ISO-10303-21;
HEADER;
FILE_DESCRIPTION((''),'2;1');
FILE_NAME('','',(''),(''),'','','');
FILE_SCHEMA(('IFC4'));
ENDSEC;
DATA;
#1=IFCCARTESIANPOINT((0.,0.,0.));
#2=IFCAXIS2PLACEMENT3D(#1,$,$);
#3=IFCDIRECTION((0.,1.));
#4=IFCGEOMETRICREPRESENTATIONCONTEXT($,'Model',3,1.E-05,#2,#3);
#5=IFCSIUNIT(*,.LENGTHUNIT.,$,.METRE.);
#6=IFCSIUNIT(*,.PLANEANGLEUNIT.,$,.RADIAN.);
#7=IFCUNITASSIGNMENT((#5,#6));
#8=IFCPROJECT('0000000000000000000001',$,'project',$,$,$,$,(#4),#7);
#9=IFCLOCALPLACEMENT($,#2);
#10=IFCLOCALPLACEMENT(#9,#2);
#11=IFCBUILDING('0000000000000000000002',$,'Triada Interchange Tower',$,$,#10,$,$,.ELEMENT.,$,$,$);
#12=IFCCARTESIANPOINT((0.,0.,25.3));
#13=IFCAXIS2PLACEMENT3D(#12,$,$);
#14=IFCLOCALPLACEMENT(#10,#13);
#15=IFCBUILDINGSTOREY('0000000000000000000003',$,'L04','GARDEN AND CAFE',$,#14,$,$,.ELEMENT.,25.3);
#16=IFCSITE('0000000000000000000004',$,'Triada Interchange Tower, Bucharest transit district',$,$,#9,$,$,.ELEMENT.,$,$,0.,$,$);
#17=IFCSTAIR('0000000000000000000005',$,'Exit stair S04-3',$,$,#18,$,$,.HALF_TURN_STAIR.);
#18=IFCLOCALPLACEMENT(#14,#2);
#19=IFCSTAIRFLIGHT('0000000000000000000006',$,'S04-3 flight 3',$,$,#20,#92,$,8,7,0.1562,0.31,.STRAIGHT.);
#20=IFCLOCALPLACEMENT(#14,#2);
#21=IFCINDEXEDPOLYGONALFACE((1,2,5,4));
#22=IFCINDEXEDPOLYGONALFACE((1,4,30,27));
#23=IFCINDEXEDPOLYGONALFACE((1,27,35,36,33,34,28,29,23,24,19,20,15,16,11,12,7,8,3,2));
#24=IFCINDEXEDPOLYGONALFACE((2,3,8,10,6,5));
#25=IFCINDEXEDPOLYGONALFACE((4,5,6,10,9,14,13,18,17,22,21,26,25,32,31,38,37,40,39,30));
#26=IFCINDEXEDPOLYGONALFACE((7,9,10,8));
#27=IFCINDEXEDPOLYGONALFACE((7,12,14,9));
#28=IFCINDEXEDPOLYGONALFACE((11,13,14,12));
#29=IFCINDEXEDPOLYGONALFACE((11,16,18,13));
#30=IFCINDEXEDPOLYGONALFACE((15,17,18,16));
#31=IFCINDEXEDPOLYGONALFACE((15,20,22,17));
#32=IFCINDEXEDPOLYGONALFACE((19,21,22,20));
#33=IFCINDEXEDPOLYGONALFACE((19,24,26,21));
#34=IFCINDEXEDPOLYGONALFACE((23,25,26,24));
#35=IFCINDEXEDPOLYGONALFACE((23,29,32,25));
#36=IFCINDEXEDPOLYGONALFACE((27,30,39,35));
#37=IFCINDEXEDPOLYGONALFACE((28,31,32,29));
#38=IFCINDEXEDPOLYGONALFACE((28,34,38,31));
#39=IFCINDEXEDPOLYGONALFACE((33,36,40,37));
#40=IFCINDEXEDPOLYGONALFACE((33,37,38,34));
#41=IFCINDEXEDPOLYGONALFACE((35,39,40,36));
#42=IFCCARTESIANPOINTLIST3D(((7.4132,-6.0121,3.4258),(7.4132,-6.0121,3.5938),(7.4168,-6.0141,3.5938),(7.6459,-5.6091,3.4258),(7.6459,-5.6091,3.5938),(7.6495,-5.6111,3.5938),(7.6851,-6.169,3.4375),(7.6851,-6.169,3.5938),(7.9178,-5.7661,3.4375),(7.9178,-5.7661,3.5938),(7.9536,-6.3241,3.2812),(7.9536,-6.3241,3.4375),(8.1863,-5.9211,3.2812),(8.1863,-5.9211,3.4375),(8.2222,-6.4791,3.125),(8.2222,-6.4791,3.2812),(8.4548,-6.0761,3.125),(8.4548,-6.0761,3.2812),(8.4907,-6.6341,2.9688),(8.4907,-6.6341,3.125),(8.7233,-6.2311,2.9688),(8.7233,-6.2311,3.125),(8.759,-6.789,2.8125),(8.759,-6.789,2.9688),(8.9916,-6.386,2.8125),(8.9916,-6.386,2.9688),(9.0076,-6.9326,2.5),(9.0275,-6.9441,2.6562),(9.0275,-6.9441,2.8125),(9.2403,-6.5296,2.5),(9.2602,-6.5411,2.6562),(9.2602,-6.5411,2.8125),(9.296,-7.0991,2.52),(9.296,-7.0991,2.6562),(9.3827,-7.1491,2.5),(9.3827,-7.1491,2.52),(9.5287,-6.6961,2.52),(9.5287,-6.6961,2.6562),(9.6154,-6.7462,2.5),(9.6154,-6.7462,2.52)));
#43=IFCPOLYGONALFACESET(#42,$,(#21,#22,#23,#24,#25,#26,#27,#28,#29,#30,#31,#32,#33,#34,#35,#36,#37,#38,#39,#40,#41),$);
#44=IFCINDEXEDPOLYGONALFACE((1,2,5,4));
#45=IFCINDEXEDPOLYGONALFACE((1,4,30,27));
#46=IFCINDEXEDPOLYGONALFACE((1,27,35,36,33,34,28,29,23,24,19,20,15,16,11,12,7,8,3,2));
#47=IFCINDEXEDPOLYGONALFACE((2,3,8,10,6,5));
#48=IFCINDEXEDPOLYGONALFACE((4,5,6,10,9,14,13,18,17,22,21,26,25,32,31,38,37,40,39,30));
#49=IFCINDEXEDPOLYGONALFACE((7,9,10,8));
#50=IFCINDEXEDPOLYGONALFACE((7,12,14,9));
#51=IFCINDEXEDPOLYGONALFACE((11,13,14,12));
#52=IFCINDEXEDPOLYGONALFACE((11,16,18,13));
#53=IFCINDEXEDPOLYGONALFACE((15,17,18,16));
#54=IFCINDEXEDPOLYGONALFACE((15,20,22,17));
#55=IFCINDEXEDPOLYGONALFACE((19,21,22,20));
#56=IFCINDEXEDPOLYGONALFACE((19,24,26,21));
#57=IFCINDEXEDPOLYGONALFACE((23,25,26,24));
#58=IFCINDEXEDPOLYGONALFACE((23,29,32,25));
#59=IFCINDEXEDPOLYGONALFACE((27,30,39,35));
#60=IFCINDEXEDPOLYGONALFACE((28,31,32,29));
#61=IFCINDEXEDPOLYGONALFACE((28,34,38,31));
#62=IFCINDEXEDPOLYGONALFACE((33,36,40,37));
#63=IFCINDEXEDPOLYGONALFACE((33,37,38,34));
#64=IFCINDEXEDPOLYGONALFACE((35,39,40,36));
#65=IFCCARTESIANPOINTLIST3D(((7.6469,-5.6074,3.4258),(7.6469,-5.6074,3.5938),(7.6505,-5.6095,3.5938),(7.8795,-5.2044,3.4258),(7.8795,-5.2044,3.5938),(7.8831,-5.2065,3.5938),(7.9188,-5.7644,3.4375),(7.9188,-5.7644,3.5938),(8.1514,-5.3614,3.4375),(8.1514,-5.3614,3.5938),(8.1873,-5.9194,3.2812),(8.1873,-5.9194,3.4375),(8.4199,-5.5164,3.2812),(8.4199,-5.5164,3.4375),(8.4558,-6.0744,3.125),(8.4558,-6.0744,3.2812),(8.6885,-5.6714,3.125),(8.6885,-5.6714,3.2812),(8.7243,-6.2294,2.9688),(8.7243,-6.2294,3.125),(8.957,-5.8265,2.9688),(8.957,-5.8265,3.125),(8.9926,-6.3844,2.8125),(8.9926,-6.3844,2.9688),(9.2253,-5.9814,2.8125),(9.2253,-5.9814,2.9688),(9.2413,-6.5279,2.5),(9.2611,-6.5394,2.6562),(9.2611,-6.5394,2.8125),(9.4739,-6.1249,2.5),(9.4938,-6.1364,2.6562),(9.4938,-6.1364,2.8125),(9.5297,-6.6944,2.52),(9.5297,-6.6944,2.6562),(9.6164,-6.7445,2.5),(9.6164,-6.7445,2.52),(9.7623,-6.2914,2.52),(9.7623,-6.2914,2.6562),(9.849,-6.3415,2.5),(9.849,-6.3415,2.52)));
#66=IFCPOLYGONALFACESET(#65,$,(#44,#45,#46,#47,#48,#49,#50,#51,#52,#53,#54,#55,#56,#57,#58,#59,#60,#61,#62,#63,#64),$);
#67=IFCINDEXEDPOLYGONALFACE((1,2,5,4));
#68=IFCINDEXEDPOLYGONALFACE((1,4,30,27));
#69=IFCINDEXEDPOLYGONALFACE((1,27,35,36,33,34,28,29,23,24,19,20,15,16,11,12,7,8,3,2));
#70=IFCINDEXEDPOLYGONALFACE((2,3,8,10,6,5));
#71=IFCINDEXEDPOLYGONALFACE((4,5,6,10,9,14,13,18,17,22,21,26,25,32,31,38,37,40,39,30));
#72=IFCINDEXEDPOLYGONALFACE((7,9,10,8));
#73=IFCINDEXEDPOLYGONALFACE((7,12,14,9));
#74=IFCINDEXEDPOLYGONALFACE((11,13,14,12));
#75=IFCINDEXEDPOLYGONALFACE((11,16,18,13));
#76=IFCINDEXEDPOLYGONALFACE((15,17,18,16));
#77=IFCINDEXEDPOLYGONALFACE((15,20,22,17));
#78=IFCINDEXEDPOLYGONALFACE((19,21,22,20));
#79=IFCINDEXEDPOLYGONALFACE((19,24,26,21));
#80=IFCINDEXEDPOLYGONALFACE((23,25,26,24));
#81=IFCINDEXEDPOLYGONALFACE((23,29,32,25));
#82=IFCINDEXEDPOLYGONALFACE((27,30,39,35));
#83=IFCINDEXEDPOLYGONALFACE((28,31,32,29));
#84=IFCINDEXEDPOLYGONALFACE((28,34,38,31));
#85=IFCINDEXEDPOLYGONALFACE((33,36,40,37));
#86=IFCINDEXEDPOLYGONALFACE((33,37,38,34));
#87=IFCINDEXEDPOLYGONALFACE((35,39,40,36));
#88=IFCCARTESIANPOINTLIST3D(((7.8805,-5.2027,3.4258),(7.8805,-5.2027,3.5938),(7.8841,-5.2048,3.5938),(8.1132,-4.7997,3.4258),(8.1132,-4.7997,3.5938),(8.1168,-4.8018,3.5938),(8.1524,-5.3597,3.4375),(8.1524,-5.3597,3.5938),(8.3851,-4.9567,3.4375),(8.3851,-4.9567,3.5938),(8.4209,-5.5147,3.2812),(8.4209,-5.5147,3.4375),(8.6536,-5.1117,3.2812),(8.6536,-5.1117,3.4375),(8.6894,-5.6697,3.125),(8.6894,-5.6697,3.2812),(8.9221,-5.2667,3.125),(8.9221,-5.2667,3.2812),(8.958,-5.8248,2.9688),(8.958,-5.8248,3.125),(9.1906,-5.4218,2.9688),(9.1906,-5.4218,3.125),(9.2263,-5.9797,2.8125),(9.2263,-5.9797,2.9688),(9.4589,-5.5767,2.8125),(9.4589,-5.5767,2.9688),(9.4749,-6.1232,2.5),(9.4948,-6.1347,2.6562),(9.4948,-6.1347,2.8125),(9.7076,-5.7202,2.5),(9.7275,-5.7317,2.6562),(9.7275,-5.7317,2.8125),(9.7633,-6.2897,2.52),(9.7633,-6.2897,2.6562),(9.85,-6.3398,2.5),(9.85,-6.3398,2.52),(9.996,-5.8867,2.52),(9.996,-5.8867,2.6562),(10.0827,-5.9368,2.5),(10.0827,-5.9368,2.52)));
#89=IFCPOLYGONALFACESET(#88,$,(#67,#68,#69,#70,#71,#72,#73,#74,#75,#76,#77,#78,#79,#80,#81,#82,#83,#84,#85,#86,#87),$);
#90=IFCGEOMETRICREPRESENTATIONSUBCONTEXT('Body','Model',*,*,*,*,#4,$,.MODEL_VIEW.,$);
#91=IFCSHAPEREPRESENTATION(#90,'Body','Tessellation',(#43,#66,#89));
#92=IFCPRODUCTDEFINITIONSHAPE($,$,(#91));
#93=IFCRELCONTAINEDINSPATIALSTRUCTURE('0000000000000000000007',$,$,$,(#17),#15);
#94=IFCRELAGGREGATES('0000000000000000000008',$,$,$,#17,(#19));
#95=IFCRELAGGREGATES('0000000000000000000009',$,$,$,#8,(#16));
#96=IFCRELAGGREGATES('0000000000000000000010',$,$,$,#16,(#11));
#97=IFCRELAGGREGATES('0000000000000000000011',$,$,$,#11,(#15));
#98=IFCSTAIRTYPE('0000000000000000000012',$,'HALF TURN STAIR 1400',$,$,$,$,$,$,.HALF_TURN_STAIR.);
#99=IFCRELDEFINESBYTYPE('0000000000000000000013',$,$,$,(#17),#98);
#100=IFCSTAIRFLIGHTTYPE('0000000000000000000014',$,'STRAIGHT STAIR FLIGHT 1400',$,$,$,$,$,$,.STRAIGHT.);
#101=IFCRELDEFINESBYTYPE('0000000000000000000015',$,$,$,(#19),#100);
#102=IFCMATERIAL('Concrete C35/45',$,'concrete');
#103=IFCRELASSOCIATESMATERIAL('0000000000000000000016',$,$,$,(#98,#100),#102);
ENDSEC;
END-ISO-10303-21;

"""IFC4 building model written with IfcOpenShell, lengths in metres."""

from ifc_helpers import new_model, si_unit, direction, frame, origin, place, context, subcontext, project, spatial, polyline, outline, extrude, material, type_object, element, aggregate, save


model = new_model("IFC4")

# Units and contexts
model_context = context("Model", 3, precision=1e-05, world=origin(), true_north=direction((0.0, 1.0)))
body_context = subcontext(model_context, "Body", "Model", "MODEL_VIEW")
ifc_project = project(units=[si_unit("LENGTHUNIT", "METRE"), si_unit("PLANEANGLEUNIT", "RADIAN")], contexts=[model_context])

# Site, building, storey
site_placement = place(None, origin())
site = spatial("IfcSite", under=ifc_project, at=site_placement, Name="Triada Interchange Tower, Bucharest transit district", CompositionType="ELEMENT", RefElevation=0.0)
building_placement = place(site_placement, origin())
building = spatial("IfcBuilding", under=site, at=building_placement, Name="Triada Interchange Tower", CompositionType="ELEMENT")
storey_placement = place(building_placement, frame((0.0, 0.0, 25.3)))
storey = spatial("IfcBuildingStorey", under=building, at=storey_placement, Name="L04", Description="GARDEN AND CAFE", CompositionType="ELEMENT", Elevation=25.3)

# Shared definitions
ifc_material_1 = material(Name="Concrete C35/45", Category="concrete")

# Stair, stair flight
stair_type = type_object("IfcStairType", Name="HALF TURN STAIR 1400", PredefinedType="HALF_TURN_STAIR", material=ifc_material_1)
stair_placement = place(storey_placement, origin())
stair = element("IfcStair", 1, at=stair_placement, inside=storey, type_object=stair_type, Name="Exit stair S04-3", PredefinedType="HALF_TURN_STAIR")
stair_flight_type = type_object("IfcStairFlightType", Name="STRAIGHT STAIR FLIGHT 1400", PredefinedType="STRAIGHT", material=ifc_material_1)
stair_flight_1_placement = place(storey_placement, frame((9.646, -6.4929, 2.5), z_axis=(0.0, 0.0, 1.0), x_axis=(-0.866025, 0.5, 0.0)))
stair_flight_1 = element("IfcStairFlight", 2, at=stair_flight_1_placement, type_object=stair_flight_type, Name="S04-3 flight 3", NumberOfRisers=8, NumberOfTreads=7, PredefinedType="STRAIGHT", RiserHeight=0.1562, TreadLength=0.31, context=body_context, shape_type="SweptSolid", body=[
    extrude(outline(polyline([(-0.1001, 0.0), (-0.1001, 0.02), (0.0, 0.02), (0.0, 0.1562), (0.3101, 0.1562), (0.3101, 0.3125), (0.6201, 0.3125), (0.6201, 0.4688), (0.9299, 0.4688), (0.9299, 0.625), (1.24, 0.625), (1.24, 0.7812), (1.55, 0.7812), (1.55, 0.9375), (1.8601, 0.9375), (1.8601, 1.0938), (2.1699, 1.0938), (2.1741, 1.0938), (2.1741, 1.25), (2.1741, 0.9258), (0.333, 0.0), (-0.1001, 0.0)])), frame((0.0, 0.7, 0.0), z_axis=(0.0, -1.0, 0.0), x_axis=(1.0, 0.0, 0.0)), (0.0, 0.0, 1.0), 0.4653),
    extrude(outline(polyline([(-0.1001, 0.0), (-0.1001, 0.02), (0.0, 0.02), (0.0, 0.1562), (0.3101, 0.1562), (0.3101, 0.3125), (0.6201, 0.3125), (0.6201, 0.4688), (0.9299, 0.4688), (0.9299, 0.625), (1.24, 0.625), (1.24, 0.7812), (1.55, 0.7812), (1.55, 0.9375), (1.8601, 0.9375), (1.8601, 1.0938), (2.1699, 1.0938), (2.1741, 1.0938), (2.1741, 1.25), (2.1741, 0.9258), (0.333, 0.0), (-0.1001, 0.0)])), frame((0.0, 0.2327, 0.0), z_axis=(0.0, -1.0, 0.0), x_axis=(1.0, 0.0, 0.0)), (0.0, 0.0, 1.0), 0.4653),
    extrude(outline(polyline([(-0.1001, 0.0), (-0.1001, 0.02), (0.0, 0.02), (0.0, 0.1562), (0.3101, 0.1562), (0.3101, 0.3125), (0.6201, 0.3125), (0.6201, 0.4688), (0.9299, 0.4688), (0.9299, 0.625), (1.24, 0.625), (1.24, 0.7812), (1.55, 0.7812), (1.55, 0.9375), (1.8601, 0.9375), (1.8601, 1.0938), (2.1699, 1.0938), (2.1741, 1.0938), (2.1741, 1.25), (2.1741, 0.9258), (0.333, 0.0), (-0.1001, 0.0)])), frame((0.0, -0.2346, 0.0), z_axis=(0.0, -1.0, 0.0), x_axis=(1.0, 0.0, 0.0)), (0.0, 0.0, 1.0), 0.4653),
])
aggregate(stair, [stair_flight_1])

save(model, "model.ifc")
